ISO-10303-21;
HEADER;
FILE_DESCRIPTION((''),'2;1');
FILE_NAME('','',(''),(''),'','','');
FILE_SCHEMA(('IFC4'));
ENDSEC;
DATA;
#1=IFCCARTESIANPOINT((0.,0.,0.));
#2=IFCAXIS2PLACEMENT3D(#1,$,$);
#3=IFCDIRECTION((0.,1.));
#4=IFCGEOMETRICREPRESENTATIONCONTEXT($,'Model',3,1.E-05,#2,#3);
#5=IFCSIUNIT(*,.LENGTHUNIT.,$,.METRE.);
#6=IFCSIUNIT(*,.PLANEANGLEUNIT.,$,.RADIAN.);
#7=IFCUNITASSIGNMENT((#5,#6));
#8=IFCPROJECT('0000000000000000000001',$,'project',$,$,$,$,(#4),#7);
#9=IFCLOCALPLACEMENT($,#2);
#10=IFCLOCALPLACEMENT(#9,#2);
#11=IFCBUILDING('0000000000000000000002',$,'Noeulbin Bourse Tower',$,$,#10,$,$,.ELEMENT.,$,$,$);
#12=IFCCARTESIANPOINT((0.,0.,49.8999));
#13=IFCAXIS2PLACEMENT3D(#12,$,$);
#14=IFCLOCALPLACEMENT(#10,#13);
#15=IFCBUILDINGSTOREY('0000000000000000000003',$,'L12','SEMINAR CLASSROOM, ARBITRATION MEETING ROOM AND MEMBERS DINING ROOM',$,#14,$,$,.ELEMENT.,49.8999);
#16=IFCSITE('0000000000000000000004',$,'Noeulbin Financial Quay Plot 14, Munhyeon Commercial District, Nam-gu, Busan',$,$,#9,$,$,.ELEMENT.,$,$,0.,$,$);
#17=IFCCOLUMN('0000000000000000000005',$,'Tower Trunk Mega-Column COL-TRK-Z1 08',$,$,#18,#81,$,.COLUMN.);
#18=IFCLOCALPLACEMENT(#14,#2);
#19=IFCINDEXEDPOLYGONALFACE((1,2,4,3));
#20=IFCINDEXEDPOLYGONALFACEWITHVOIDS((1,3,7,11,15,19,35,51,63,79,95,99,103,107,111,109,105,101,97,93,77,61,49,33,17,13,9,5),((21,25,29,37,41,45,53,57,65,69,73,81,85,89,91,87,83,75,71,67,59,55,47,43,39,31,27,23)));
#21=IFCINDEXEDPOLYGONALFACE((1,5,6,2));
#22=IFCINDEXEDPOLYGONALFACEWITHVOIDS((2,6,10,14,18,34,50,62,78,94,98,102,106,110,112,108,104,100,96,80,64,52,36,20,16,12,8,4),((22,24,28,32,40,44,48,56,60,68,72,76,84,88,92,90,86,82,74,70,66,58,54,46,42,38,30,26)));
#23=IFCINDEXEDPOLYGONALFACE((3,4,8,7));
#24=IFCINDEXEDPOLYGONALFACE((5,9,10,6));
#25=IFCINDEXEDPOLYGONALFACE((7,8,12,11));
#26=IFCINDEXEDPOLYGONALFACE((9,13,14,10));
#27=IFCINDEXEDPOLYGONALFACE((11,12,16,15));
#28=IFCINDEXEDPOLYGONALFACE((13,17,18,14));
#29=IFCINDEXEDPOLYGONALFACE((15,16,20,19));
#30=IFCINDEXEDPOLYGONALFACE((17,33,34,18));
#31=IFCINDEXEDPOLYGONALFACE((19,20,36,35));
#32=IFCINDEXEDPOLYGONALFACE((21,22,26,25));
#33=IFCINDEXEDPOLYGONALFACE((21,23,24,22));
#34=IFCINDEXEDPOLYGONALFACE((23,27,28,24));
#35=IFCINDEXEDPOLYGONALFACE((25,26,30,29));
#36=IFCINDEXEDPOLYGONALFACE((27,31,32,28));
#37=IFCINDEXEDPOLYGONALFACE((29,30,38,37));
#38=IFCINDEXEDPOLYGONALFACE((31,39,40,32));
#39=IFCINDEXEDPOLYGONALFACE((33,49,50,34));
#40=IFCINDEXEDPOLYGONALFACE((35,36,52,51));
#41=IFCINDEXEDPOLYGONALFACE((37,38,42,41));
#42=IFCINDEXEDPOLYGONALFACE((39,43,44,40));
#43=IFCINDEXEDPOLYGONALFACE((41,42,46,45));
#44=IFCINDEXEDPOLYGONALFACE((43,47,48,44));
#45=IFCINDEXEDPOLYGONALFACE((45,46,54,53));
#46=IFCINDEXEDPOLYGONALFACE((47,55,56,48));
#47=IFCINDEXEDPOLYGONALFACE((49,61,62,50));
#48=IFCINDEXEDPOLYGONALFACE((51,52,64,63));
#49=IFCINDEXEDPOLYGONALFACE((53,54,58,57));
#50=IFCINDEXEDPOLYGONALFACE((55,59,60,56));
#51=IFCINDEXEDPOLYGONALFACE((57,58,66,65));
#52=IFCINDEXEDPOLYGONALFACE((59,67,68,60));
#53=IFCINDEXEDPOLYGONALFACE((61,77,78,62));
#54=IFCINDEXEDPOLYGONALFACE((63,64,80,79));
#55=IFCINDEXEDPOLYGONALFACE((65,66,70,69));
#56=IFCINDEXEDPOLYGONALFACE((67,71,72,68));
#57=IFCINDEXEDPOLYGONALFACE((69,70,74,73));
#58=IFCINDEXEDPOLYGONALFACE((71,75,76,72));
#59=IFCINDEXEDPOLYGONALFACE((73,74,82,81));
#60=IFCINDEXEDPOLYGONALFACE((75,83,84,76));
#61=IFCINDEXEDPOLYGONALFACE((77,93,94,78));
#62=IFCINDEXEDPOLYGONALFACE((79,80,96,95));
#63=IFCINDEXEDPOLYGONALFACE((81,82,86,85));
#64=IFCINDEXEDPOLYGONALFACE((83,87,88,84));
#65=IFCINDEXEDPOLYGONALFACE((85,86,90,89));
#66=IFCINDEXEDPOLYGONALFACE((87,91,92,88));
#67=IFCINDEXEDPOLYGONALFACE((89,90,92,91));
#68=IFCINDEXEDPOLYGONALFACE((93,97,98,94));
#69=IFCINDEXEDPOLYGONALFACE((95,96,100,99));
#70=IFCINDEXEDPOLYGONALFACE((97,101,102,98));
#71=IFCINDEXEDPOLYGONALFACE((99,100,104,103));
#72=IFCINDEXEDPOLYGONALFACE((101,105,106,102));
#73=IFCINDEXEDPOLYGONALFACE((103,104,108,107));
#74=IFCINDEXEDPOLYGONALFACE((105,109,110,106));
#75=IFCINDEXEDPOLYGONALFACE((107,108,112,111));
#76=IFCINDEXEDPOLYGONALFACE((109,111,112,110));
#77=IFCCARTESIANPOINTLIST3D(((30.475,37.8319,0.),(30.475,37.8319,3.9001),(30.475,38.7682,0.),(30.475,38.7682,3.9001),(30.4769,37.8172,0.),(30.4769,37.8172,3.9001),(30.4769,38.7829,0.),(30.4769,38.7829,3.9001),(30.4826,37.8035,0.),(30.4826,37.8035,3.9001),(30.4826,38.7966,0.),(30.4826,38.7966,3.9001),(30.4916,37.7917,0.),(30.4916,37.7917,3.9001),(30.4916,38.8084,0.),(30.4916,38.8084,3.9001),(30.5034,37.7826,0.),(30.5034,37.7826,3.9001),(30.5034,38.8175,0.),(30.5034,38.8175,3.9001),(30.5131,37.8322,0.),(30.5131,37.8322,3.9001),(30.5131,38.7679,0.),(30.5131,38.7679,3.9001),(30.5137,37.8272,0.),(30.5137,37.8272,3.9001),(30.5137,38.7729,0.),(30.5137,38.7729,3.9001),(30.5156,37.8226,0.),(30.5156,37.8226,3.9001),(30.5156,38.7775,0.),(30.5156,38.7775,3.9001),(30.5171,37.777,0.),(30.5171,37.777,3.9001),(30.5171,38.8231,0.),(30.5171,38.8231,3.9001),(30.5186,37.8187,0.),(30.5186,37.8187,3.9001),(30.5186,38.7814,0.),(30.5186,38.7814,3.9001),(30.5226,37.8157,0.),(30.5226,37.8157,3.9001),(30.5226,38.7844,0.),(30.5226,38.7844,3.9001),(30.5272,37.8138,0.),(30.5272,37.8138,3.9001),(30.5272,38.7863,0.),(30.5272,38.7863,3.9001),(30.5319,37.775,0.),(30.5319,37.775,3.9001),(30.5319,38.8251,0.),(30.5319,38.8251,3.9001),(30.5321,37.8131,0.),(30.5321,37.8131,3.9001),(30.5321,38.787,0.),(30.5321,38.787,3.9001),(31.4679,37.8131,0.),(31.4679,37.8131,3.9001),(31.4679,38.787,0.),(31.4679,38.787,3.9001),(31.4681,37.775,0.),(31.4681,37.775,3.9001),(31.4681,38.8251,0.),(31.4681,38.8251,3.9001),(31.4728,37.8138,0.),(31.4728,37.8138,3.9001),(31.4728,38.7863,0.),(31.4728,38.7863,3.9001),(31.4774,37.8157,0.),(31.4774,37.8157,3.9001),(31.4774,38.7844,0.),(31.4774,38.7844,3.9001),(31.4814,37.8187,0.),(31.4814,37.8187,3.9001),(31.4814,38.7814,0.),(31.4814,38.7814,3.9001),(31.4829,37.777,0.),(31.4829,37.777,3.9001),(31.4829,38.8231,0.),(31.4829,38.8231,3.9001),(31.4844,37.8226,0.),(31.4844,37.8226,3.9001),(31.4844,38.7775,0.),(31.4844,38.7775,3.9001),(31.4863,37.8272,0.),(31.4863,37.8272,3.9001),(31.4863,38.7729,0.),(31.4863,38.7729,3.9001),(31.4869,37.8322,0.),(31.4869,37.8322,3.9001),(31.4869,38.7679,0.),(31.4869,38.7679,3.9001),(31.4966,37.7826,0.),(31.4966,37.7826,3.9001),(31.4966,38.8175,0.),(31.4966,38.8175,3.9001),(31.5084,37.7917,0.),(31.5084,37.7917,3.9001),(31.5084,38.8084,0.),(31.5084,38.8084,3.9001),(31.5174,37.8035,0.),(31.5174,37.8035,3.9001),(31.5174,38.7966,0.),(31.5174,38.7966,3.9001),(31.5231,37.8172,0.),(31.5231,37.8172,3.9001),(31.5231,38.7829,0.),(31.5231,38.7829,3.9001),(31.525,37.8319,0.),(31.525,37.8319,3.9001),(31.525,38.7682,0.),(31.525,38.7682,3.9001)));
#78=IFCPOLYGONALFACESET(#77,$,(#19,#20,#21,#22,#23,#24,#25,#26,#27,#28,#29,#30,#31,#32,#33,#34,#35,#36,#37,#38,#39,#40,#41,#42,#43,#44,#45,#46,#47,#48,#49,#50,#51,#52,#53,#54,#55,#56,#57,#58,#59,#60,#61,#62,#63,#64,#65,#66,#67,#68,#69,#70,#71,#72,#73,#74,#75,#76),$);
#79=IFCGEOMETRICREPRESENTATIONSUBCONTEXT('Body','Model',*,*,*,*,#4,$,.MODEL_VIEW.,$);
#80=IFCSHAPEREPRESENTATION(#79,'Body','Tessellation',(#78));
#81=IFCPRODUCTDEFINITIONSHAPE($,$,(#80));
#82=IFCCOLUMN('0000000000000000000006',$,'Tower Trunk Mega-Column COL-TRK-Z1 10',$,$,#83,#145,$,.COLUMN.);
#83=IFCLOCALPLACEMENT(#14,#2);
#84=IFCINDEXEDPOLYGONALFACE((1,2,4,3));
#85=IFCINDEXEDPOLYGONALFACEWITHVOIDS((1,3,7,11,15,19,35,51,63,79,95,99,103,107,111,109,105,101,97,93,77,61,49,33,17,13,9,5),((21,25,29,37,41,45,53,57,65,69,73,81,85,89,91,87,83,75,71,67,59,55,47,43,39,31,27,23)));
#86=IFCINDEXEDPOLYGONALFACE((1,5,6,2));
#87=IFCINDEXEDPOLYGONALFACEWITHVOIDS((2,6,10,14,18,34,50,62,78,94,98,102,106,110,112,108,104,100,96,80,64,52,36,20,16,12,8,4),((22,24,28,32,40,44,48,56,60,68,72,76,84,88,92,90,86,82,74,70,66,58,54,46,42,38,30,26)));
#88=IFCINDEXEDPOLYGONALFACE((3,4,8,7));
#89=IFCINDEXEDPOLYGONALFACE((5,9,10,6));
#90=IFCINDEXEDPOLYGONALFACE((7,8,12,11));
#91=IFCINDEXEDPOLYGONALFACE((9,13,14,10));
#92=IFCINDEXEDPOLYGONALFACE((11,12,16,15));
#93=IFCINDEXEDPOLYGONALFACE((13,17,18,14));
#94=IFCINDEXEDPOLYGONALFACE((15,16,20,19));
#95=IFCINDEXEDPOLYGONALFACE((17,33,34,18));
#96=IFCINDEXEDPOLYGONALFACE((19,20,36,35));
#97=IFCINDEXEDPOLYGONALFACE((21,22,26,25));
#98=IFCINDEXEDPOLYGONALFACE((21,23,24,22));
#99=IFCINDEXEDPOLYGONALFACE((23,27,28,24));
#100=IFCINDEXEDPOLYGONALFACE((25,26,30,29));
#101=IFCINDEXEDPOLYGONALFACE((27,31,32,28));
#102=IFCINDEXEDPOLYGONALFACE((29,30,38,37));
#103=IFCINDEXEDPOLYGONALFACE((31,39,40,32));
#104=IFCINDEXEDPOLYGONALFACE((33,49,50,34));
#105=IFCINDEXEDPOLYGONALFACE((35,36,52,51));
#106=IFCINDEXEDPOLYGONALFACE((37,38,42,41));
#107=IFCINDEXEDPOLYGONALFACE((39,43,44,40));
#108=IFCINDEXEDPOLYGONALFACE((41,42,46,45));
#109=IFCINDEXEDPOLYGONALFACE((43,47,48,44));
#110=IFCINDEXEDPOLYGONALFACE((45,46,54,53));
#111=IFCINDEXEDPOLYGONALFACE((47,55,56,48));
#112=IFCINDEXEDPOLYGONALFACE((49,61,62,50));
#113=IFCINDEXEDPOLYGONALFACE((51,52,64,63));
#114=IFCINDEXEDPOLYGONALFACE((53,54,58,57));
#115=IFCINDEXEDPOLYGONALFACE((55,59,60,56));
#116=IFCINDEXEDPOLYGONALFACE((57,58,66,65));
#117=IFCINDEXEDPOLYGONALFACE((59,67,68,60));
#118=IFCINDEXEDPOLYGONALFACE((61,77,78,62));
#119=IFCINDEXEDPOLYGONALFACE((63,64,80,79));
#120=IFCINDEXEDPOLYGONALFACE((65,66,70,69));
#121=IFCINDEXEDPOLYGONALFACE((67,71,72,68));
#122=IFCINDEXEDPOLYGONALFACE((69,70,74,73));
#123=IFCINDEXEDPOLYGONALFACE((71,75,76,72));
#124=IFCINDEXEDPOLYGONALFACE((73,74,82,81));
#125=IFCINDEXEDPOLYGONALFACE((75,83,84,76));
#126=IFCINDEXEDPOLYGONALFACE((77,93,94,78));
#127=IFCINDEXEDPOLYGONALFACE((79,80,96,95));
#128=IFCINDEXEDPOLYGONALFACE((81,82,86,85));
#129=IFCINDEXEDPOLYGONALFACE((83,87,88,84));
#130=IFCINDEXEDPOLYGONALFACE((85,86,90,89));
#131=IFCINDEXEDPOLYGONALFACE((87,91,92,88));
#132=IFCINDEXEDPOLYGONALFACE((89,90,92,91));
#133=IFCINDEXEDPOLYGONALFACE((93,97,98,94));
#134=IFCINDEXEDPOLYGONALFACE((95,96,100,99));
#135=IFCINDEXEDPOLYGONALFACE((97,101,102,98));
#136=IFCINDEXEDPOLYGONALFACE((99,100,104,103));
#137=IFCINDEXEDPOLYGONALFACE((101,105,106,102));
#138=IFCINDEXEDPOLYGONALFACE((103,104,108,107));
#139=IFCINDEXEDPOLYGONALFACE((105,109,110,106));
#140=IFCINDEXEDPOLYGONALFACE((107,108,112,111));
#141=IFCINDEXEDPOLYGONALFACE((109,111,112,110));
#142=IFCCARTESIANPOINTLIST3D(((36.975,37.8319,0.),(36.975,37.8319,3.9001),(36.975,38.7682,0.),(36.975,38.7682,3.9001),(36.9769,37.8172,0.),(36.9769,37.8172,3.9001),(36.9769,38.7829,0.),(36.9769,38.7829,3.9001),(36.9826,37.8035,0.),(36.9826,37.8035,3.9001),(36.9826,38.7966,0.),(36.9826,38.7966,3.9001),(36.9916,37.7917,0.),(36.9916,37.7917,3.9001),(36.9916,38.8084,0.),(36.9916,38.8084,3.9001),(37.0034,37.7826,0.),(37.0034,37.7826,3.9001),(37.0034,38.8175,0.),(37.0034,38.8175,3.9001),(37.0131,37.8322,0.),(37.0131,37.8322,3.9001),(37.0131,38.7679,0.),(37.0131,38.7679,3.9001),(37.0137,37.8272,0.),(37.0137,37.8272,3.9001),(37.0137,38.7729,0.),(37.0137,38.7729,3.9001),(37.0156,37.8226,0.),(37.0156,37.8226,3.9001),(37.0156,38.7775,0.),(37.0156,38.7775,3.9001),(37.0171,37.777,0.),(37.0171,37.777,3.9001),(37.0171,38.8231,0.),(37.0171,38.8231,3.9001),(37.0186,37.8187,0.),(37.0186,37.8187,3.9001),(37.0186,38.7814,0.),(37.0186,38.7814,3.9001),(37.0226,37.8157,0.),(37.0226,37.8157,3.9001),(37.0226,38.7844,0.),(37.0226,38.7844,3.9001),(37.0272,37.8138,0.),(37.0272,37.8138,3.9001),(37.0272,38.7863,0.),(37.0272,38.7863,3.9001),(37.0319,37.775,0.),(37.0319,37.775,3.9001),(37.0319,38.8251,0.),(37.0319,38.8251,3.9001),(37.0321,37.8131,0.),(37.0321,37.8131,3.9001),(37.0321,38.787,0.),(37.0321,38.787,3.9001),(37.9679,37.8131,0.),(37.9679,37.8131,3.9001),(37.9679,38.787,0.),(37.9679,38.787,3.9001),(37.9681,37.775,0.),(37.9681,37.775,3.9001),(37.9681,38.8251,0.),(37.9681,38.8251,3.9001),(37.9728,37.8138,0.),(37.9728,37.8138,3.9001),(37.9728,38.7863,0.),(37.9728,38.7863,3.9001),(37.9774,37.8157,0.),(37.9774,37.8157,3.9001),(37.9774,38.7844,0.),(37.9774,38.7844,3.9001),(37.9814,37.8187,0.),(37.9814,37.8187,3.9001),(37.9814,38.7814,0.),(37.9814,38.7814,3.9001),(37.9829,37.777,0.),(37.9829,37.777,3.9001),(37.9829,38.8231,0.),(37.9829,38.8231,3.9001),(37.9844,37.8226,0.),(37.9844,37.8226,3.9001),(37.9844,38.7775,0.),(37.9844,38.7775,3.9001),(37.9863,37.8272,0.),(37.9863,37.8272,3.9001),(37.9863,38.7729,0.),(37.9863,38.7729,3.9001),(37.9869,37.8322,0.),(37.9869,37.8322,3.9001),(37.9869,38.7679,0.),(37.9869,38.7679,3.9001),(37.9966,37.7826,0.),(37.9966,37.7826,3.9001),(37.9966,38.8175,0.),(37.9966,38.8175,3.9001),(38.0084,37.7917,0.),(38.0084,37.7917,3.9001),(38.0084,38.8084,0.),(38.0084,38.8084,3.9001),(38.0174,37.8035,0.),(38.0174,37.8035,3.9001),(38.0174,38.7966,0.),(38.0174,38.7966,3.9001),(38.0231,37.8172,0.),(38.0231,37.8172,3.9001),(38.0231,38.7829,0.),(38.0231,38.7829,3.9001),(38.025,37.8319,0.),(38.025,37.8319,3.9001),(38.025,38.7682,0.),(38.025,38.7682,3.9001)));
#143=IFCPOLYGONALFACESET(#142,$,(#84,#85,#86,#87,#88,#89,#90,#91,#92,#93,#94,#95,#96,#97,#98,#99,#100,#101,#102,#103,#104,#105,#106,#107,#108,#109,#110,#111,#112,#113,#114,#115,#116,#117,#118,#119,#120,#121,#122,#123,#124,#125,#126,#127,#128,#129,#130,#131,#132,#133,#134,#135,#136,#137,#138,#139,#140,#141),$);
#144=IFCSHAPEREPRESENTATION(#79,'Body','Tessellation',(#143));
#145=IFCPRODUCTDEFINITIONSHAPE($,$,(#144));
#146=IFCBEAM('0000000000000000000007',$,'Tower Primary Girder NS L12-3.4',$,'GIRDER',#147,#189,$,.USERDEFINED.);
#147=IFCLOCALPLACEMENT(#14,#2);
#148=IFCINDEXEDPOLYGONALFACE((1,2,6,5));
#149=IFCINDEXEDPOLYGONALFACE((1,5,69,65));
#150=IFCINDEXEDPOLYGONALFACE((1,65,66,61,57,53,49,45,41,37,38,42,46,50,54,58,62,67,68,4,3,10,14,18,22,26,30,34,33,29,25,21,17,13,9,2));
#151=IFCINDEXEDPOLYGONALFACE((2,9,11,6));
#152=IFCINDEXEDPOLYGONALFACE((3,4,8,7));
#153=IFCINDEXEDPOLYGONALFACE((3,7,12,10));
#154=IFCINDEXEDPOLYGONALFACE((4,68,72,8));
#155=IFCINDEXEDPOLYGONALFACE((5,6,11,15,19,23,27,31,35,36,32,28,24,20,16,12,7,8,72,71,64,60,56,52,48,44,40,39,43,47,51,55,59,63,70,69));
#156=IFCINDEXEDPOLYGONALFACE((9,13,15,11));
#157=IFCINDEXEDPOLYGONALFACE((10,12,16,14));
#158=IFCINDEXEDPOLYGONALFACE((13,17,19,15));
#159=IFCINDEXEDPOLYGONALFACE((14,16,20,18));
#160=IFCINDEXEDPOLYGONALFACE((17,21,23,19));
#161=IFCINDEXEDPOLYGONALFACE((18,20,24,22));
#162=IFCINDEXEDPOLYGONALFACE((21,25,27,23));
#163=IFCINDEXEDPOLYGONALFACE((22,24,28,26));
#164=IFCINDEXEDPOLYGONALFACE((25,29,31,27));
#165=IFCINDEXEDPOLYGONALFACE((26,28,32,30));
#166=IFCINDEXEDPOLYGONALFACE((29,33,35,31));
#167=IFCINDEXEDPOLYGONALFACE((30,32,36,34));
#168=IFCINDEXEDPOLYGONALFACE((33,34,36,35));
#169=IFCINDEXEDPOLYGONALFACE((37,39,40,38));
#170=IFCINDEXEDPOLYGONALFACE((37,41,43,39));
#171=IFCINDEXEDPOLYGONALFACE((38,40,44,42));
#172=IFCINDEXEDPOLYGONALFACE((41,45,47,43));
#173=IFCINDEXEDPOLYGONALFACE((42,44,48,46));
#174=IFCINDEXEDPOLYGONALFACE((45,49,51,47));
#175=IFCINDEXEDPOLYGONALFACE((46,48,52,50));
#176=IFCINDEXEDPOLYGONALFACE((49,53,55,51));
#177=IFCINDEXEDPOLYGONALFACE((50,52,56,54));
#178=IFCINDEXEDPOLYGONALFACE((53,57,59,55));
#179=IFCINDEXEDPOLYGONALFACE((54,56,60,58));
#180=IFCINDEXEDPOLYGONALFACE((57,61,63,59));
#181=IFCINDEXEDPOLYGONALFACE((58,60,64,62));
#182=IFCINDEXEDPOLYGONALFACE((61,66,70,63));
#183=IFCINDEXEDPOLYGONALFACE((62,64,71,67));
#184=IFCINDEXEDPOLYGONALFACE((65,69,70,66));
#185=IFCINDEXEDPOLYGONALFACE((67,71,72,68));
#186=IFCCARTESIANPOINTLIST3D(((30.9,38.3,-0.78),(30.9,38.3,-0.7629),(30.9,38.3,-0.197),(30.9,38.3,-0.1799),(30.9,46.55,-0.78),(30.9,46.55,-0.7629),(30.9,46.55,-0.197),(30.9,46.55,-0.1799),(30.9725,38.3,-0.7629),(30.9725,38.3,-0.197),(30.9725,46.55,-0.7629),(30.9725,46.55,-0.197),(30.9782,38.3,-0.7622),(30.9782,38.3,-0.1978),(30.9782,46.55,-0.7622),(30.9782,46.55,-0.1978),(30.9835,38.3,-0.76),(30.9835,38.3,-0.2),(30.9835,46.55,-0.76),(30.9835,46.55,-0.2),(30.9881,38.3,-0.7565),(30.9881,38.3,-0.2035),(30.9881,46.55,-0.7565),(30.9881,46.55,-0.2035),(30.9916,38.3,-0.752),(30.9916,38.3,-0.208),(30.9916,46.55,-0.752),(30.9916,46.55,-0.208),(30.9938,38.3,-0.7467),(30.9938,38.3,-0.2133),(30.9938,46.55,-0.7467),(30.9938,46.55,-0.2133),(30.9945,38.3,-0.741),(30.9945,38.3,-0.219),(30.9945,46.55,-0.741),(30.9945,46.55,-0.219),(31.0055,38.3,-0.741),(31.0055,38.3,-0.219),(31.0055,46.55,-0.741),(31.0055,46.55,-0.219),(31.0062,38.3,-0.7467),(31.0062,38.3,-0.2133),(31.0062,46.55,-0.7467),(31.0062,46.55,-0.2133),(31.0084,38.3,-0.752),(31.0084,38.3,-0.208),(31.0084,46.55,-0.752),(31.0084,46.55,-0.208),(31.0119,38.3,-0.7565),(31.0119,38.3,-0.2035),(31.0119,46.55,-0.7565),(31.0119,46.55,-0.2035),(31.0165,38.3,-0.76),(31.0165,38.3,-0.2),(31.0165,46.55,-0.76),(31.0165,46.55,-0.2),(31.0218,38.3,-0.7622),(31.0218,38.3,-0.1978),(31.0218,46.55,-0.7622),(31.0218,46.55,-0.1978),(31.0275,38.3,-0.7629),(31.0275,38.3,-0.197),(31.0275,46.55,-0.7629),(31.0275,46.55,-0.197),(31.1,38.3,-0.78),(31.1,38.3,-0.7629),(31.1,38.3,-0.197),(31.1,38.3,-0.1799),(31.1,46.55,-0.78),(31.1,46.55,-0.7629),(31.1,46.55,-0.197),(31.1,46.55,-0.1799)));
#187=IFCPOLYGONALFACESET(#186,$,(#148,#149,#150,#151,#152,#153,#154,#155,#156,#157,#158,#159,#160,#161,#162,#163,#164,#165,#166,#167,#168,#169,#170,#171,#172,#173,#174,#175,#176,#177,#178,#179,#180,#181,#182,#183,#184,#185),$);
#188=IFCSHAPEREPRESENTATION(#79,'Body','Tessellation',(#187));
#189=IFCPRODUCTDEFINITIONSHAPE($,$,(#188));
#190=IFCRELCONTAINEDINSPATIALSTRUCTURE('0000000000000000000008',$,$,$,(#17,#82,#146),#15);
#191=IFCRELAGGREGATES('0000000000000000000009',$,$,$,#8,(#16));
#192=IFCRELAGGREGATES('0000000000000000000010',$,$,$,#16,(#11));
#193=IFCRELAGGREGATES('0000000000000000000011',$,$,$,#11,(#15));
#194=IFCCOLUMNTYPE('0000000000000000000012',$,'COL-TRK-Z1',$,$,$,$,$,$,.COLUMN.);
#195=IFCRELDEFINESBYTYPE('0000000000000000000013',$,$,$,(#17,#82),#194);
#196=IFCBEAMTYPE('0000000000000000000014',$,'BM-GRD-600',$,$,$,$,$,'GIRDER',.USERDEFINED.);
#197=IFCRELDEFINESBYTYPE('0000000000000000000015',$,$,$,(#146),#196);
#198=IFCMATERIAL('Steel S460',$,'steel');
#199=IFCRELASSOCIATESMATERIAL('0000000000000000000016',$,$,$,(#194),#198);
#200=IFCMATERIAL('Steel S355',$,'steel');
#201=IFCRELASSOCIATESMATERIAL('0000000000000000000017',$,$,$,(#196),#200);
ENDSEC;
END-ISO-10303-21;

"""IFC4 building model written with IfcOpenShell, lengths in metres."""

from ifc_helpers import new_model, si_unit, direction, frame, origin, origin_2d, place, context, subcontext, project, spatial, hollow_rectangle, i_section, extrude, material, material_profile, profile_set, type_object, element, save


model = new_model("IFC4")

# Units and contexts
model_context = context("Model", 3, precision=1e-05, world=origin(), true_north=direction((0.0, 1.0)))
body_context = subcontext(model_context, "Body", "Model", "MODEL_VIEW")
ifc_project = project(units=[si_unit("LENGTHUNIT", "METRE"), si_unit("PLANEANGLEUNIT", "RADIAN")], contexts=[model_context])

# Site, building, storey
site_placement = place(None, origin())
site = spatial("IfcSite", under=ifc_project, at=site_placement, Name="Noeulbin Financial Quay Plot 14, Munhyeon Commercial District, Nam-gu, Busan", CompositionType="ELEMENT", RefElevation=0.0)
building_placement = place(site_placement, origin())
building = spatial("IfcBuilding", under=site, at=building_placement, Name="Noeulbin Bourse Tower", CompositionType="ELEMENT")
storey_placement = place(building_placement, frame((0.0, 0.0, 49.8999)))
storey = spatial("IfcBuildingStorey", under=building, at=storey_placement, Name="L12", Description="SEMINAR CLASSROOM, ARBITRATION MEETING ROOM AND MEMBERS DINING ROOM", CompositionType="ELEMENT", Elevation=49.8999)

# Columns
ifc_material_1 = material(Name="Steel S460", Category="steel")
ifc_material_profile_1 = material_profile(ifc_material_1, hollow_rectangle(XDim=1.05, YDim=1.05, WallThickness=0.0381, InnerFilletRadius=0.019, OuterFilletRadius=0.0569, at=origin_2d()), Name="BOX-1050x1050x38", Category="LoadBearing")
ifc_profile_set_1 = profile_set([ifc_material_profile_1], Name="Steel S460")
column_type = type_object("IfcColumnType", Name="COL-TRK-Z1", PredefinedType="COLUMN", material=ifc_profile_set_1)
for number, where, z_axis, x_axis, name in (
    (1, (31.0, 38.3, 0.0), (0.0, 0.0, 1.0), (1.0, 0.0, 0.0), "Tower Trunk Mega-Column COL-TRK-Z1 08"),
    (2, (37.5, 38.3, 0.0), (0.0, 0.0, 1.0), (1.0, 0.0, 0.0), "Tower Trunk Mega-Column COL-TRK-Z1 10"),
):
    element("IfcColumn", number, at=place(storey_placement, frame(where, z_axis=z_axis, x_axis=x_axis)), inside=storey, type_object=column_type, Name=name, PredefinedType="COLUMN", context=body_context, shape_type="SweptSolid", body=[
        extrude(hollow_rectangle(XDim=1.05, YDim=1.05, WallThickness=0.0381, InnerFilletRadius=0.019, OuterFilletRadius=0.0569, at=origin_2d()), origin(), (0.0, 0.0, 1.0), 3.9001),
    ])

# Beam
ifc_material_2 = material(Name="Steel S355", Category="steel")
ifc_material_profile_2 = material_profile(ifc_material_2, i_section(OverallWidth=0.2, OverallDepth=0.6001, WebThickness=0.011, FlangeThickness=0.0171, FilletRadius=0.022, at=origin_2d()), Name="H-600x200x11x17", Category="LoadBearing")
ifc_profile_set_2 = profile_set([ifc_material_profile_2], Name="Steel S355")
beam_type_1 = type_object("IfcBeamType", Name="BM-GRD-600", ElementType="GIRDER", PredefinedType="USERDEFINED", material=ifc_profile_set_2)
for number, where, z_axis, x_axis, name in (
    (3, (31.0, 38.3, -0.48), (0.0, 1.0, 0.0), (-1.0, 0.0, 0.0), "Tower Primary Girder NS L12-3.4"),
):
    element("IfcBeam", number, at=place(storey_placement, frame(where, z_axis=z_axis, x_axis=x_axis)), inside=storey, type_object=beam_type_1, Name=name, ObjectType="GIRDER", PredefinedType="USERDEFINED", context=body_context, shape_type="SweptSolid", body=[
        extrude(i_section(OverallWidth=0.2, OverallDepth=0.6001, WebThickness=0.011, FlangeThickness=0.0171, FilletRadius=0.022, at=origin_2d()), origin(), (0.0, 0.0, 1.0), 8.25),
    ])

save(model, "model.ifc")
